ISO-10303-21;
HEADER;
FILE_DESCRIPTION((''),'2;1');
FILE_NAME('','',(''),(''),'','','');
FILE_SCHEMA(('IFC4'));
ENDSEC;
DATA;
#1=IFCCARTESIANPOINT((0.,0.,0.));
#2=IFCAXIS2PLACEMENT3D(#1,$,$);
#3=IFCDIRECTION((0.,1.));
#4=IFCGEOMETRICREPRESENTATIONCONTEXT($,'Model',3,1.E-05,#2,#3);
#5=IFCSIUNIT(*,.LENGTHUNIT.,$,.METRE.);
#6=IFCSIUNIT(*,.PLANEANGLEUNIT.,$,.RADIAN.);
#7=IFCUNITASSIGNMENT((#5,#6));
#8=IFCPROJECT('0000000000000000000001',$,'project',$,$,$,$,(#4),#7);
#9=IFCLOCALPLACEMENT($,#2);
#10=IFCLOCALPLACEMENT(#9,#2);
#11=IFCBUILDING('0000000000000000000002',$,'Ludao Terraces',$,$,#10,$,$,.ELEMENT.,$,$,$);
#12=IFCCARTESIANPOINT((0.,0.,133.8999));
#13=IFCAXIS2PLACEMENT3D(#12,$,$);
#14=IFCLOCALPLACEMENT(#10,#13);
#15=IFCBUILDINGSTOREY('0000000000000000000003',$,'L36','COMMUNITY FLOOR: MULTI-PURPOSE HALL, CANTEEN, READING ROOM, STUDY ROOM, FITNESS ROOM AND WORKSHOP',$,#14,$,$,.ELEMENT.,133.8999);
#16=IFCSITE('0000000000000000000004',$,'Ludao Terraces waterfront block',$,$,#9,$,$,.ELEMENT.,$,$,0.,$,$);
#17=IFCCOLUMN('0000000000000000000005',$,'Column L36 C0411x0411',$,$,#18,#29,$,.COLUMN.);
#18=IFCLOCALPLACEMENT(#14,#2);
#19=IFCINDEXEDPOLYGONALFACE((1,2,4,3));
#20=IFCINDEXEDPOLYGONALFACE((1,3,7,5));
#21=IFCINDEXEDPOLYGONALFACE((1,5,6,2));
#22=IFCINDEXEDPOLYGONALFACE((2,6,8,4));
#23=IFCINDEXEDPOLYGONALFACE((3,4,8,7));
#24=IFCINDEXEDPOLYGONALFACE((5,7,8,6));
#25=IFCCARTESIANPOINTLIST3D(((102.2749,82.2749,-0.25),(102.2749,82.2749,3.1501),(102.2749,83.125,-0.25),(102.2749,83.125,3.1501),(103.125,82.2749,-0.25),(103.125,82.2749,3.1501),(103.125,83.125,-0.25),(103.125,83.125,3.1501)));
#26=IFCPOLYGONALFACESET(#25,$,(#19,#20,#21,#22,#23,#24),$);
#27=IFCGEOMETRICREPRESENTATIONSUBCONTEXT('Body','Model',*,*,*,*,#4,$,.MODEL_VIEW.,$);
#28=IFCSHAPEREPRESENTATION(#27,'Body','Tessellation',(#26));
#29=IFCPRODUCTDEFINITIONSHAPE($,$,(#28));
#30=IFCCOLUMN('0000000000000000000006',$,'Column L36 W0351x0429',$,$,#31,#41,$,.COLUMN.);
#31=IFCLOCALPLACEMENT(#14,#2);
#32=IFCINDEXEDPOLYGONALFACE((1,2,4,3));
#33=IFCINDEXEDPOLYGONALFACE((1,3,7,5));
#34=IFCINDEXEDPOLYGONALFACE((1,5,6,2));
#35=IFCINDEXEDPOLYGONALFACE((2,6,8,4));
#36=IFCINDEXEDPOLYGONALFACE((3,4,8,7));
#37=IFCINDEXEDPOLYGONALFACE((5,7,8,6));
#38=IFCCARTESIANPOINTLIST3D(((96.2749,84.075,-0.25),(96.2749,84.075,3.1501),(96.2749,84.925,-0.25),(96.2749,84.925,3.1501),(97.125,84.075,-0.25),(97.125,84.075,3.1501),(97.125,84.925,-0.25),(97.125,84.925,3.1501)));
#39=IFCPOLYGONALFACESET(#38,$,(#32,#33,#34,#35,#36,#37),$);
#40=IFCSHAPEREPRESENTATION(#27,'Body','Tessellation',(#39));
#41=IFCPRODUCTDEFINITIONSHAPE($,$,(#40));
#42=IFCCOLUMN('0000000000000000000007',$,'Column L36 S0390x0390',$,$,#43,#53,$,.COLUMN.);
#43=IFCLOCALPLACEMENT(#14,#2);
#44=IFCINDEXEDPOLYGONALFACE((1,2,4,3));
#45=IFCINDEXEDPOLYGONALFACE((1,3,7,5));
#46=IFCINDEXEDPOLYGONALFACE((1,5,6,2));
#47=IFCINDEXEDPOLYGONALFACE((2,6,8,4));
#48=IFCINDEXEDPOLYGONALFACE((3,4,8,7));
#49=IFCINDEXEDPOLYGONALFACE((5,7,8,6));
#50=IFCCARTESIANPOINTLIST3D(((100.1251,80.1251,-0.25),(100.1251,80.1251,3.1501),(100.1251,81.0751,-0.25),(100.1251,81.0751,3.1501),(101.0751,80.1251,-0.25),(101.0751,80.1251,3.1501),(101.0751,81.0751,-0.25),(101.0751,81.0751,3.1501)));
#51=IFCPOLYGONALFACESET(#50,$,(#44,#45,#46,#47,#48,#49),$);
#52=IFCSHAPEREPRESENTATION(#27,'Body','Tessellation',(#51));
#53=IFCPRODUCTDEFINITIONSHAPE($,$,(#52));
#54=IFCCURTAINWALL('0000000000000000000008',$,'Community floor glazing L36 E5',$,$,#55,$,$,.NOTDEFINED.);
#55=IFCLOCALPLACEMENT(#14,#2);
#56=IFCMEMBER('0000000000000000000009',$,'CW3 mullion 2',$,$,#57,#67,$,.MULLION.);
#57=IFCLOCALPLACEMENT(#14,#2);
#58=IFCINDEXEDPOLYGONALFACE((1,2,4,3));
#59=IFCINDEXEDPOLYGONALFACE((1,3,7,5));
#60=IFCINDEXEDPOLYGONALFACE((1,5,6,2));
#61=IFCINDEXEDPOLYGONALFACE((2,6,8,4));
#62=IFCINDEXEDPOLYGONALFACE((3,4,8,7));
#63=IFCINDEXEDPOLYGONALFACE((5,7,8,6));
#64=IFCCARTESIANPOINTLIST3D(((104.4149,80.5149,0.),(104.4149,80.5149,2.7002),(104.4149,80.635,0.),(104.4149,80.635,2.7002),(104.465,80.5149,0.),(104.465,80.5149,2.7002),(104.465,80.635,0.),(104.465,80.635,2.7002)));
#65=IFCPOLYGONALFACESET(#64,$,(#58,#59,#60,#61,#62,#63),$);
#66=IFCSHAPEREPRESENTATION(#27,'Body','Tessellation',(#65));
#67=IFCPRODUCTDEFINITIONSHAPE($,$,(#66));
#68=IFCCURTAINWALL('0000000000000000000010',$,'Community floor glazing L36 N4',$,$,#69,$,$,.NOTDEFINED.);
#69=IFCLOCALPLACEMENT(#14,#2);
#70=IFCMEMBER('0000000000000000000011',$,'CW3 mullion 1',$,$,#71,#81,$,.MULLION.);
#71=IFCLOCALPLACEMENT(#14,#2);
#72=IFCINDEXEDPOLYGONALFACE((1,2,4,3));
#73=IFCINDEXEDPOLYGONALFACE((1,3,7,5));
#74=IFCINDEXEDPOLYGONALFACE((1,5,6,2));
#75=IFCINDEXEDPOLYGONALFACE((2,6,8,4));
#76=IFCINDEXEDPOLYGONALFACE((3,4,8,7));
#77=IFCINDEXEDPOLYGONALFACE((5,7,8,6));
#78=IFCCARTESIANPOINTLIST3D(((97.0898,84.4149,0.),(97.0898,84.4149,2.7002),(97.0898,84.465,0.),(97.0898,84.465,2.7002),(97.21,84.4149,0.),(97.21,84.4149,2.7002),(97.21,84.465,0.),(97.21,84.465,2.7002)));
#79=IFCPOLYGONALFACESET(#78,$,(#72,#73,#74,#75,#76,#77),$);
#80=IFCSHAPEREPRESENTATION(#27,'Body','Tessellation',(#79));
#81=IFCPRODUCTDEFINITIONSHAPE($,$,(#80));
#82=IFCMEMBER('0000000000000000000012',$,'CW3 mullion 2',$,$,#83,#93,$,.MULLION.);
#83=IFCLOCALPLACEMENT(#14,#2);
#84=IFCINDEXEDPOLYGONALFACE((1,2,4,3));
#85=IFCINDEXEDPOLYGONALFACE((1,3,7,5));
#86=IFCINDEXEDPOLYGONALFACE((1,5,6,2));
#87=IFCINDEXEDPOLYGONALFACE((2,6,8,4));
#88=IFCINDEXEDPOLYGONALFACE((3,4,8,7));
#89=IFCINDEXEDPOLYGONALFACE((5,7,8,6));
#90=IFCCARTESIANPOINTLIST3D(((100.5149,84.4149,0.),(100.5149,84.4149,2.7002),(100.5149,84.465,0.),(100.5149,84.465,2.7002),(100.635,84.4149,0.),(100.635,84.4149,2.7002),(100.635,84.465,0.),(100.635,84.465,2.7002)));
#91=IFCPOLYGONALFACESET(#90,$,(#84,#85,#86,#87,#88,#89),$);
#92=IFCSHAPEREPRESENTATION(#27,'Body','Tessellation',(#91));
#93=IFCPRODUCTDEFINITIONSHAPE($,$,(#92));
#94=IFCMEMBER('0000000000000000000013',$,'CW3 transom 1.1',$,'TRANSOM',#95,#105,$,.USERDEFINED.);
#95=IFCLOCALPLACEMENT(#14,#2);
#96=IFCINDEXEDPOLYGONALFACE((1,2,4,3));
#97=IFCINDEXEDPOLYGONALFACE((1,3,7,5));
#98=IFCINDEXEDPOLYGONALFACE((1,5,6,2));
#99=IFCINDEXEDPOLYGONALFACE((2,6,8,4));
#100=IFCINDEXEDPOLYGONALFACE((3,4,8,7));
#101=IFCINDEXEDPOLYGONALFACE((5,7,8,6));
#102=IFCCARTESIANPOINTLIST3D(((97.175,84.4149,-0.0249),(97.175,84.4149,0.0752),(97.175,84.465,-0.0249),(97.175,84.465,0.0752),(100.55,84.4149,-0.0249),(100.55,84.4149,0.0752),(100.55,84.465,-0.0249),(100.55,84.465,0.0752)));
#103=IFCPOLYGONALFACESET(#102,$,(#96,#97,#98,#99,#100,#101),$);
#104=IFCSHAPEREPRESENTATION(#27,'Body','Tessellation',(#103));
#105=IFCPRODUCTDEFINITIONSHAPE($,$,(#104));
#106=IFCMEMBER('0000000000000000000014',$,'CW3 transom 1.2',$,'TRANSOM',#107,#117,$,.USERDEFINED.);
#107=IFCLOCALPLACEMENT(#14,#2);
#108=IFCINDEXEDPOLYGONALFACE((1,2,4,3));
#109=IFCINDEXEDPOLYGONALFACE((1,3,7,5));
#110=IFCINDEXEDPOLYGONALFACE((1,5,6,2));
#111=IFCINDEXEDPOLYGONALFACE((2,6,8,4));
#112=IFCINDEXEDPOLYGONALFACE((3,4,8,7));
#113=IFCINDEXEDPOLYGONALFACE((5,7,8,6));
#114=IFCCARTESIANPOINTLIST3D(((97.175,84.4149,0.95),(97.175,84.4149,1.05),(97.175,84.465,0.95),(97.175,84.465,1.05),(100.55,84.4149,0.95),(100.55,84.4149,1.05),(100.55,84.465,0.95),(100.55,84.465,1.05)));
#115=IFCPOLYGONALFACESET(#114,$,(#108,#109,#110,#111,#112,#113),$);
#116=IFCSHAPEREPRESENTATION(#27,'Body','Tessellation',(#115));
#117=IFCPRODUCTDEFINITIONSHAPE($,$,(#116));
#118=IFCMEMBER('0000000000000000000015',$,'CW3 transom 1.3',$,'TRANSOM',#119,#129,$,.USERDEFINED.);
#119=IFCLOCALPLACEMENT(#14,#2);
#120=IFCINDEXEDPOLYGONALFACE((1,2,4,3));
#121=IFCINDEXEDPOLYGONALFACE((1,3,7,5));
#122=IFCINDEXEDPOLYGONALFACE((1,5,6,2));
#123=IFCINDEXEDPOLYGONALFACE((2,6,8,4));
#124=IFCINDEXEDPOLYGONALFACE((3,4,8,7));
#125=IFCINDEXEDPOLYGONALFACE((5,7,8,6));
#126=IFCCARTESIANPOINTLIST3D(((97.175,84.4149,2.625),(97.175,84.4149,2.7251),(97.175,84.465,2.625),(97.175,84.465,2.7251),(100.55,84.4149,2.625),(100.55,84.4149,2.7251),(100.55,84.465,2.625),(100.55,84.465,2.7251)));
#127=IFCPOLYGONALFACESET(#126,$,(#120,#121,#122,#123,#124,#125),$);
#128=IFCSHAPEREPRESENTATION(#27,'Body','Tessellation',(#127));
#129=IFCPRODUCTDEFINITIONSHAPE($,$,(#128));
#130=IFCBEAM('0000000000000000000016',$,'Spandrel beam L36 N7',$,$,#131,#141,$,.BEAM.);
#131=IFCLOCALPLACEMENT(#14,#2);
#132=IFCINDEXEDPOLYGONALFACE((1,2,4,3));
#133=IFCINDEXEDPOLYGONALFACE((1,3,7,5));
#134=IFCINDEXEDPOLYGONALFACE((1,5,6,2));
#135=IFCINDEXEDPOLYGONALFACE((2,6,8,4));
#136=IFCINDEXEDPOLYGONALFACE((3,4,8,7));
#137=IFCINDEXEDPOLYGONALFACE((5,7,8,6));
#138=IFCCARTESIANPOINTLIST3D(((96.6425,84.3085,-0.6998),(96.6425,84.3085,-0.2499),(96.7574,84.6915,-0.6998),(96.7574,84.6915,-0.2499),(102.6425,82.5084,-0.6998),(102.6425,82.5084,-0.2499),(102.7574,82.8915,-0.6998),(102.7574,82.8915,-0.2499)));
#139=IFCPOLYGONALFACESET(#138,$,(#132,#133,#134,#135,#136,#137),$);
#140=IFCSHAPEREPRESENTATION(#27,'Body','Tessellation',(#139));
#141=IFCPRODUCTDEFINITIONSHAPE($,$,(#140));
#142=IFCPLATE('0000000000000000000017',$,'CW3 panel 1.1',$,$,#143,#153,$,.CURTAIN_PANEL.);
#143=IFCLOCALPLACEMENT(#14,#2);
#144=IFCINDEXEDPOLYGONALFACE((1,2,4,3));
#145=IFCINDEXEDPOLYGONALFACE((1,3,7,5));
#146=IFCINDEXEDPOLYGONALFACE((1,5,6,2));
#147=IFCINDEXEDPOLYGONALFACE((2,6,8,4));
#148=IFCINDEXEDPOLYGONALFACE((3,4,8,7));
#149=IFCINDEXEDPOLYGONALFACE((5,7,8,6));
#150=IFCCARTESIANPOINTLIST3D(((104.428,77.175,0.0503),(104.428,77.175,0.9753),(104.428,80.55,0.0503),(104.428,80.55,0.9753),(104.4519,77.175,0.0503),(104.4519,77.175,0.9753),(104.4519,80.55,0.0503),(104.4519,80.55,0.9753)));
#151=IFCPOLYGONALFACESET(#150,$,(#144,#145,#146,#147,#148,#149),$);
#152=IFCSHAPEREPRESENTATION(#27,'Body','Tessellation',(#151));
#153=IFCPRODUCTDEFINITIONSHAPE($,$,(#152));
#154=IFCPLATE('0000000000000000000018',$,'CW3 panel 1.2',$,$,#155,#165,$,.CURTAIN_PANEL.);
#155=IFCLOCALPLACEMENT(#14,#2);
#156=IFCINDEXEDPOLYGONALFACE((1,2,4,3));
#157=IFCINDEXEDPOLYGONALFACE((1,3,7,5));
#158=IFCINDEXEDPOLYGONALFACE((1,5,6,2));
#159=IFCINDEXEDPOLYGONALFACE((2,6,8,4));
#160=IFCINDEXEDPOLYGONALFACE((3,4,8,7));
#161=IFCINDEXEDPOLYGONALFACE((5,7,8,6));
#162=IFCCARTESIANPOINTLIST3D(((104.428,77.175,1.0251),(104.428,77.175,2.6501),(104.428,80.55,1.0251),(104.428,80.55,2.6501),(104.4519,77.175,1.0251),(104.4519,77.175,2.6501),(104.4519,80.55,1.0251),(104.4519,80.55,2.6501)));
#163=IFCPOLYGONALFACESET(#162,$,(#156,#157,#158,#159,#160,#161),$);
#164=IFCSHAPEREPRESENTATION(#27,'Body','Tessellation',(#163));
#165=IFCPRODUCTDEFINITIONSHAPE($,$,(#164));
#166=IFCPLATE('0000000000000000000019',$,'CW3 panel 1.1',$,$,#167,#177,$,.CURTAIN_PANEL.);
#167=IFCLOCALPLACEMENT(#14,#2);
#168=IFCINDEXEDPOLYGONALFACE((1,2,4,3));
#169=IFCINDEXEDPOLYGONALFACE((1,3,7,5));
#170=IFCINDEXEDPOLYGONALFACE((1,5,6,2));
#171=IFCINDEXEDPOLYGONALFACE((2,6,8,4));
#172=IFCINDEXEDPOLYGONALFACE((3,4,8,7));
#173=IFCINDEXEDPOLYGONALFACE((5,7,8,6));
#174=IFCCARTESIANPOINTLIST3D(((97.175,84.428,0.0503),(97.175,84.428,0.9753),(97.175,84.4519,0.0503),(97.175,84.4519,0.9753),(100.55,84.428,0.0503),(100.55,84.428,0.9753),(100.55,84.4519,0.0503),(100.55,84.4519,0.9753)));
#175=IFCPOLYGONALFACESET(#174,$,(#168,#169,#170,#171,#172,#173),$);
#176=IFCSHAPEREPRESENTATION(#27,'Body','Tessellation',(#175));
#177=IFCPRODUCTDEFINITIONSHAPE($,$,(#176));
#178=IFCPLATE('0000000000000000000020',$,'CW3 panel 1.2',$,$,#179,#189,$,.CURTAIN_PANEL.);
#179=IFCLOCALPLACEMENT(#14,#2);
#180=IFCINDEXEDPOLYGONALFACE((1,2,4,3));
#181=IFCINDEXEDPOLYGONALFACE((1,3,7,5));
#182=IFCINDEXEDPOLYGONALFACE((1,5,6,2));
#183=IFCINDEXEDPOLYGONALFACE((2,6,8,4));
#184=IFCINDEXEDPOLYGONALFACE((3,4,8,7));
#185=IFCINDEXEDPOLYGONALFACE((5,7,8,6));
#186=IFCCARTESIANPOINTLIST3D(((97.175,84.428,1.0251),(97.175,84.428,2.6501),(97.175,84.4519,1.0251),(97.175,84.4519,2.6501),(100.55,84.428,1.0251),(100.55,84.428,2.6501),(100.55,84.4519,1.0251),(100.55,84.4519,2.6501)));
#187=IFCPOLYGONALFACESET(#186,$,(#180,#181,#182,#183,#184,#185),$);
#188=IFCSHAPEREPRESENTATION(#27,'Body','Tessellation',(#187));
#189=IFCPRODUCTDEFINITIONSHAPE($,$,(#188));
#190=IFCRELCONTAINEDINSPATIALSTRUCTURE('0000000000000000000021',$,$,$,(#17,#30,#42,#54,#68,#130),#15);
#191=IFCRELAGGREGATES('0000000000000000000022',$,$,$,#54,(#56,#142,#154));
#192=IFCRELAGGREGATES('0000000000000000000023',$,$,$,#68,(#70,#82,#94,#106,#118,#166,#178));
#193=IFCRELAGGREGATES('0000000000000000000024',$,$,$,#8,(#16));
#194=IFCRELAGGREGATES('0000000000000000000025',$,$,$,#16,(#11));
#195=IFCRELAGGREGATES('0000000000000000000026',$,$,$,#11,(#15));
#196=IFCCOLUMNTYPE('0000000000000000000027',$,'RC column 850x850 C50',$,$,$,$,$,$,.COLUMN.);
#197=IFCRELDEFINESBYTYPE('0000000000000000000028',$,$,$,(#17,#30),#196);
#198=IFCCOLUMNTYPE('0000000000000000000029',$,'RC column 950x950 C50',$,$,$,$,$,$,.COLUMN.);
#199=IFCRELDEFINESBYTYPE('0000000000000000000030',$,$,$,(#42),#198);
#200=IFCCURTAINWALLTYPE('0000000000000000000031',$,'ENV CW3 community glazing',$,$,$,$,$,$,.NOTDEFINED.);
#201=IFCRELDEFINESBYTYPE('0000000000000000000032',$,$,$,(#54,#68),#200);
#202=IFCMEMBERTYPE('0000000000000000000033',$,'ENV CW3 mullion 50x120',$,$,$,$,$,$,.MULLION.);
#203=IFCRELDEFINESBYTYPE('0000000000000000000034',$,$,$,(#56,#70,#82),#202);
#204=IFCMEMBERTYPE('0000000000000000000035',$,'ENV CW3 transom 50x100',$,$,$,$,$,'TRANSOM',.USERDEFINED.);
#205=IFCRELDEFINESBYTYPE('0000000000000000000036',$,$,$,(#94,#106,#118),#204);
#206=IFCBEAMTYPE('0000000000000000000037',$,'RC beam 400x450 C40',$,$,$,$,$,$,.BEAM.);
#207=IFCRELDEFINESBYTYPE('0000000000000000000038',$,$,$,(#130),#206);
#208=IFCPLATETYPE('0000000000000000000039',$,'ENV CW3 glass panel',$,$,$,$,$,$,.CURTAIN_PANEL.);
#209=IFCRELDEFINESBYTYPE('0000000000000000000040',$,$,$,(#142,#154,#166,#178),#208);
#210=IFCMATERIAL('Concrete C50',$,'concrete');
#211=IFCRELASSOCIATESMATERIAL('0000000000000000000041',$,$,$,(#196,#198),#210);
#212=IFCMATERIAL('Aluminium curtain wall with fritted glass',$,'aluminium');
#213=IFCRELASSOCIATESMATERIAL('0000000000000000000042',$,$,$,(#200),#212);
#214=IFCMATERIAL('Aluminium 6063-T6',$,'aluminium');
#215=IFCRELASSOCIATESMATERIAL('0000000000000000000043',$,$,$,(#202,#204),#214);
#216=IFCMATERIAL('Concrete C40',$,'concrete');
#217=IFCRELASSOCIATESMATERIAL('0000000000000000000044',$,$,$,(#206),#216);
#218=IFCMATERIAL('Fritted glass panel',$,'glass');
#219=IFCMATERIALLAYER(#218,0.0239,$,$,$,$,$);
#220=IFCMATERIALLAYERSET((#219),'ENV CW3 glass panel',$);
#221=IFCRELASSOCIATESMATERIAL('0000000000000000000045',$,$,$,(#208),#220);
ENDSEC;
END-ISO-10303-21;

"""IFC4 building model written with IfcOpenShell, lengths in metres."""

from ifc_helpers import new_model, si_unit, direction, frame, origin, origin_2d, place, context, subcontext, project, spatial, rectangle, extrude, material, layer, layer_set, material_profile, profile_set, type_object, element, aggregate, save


model = new_model("IFC4")

# Units and contexts
model_context = context("Model", 3, precision=1e-05, world=origin(), true_north=direction((0.0, 1.0)))
body_context = subcontext(model_context, "Body", "Model", "MODEL_VIEW")
ifc_project = project(units=[si_unit("LENGTHUNIT", "METRE"), si_unit("PLANEANGLEUNIT", "RADIAN")], contexts=[model_context])

# Site, building, storey
site_placement = place(None, origin())
site = spatial("IfcSite", under=ifc_project, at=site_placement, Name="Ludao Terraces waterfront block", CompositionType="ELEMENT", RefElevation=0.0)
building_placement = place(site_placement, origin())
building = spatial("IfcBuilding", under=site, at=building_placement, Name="Ludao Terraces", CompositionType="ELEMENT")
storey_placement = place(building_placement, frame((0.0, 0.0, 133.8999)))
storey = spatial("IfcBuildingStorey", under=building, at=storey_placement, Name="L36", Description="COMMUNITY FLOOR: MULTI-PURPOSE HALL, CANTEEN, READING ROOM, STUDY ROOM, FITNESS ROOM AND WORKSHOP", CompositionType="ELEMENT", Elevation=133.8999)

# Columns
ifc_material_1 = material(Name="Concrete C50", Category="concrete")
ifc_material_profile_1 = material_profile(ifc_material_1, rectangle(XDim=0.8501, YDim=0.8501, at=origin_2d()), Name="850 X 850")
ifc_profile_set_1 = profile_set([ifc_material_profile_1], Name="Concrete C50")
column_type_1 = type_object("IfcColumnType", Name="RC column 850x850 C50", PredefinedType="COLUMN", material=ifc_profile_set_1)
for number, where, z_axis, x_axis, name in (
    (1, (102.7, 82.7, -0.25), (0.0, 0.0, 1.0), (1.0, 0.0, 0.0), "Column L36 C0411x0411"),
    (2, (96.7, 84.5, -0.25), (0.0, 0.0, 1.0), (1.0, 0.0, 0.0), "Column L36 W0351x0429"),
):
    element("IfcColumn", number, at=place(storey_placement, frame(where, z_axis=z_axis, x_axis=x_axis)), inside=storey, type_object=column_type_1, Name=name, PredefinedType="COLUMN", context=body_context, shape_type="SweptSolid", body=[
        extrude(rectangle(XDim=0.8501, YDim=0.8501, at=origin_2d()), origin(), (0.0, 0.0, 1.0), 3.4001),
    ])
ifc_material_profile_2 = material_profile(ifc_material_1, rectangle(XDim=0.95, YDim=0.95, at=origin_2d()), Name="950 X 950")
ifc_profile_set_2 = profile_set([ifc_material_profile_2], Name="Concrete C50")
column_type_2 = type_object("IfcColumnType", Name="RC column 950x950 C50", PredefinedType="COLUMN", material=ifc_profile_set_2)
column_placement = place(storey_placement, frame((100.6001, 80.6001, -0.25), z_axis=(0.0, 0.0, 1.0), x_axis=(1.0, 0.0, 0.0)))
element("IfcColumn", 3, at=column_placement, inside=storey, type_object=column_type_2, Name="Column L36 S0390x0390", PredefinedType="COLUMN", context=body_context, shape_type="SweptSolid", body=[
    extrude(rectangle(XDim=0.95, YDim=0.95, at=origin_2d()), origin(), (0.0, 0.0, 1.0), 3.4001),
])

# Curtain wall, member
ifc_material_2 = material(Name="Aluminium curtain wall with fritted glass", Category="aluminium")
curtain_wall_type = type_object("IfcCurtainWallType", Name="ENV CW3 community glazing", PredefinedType="NOTDEFINED", material=ifc_material_2)
curtain_wall_1_placement = place(storey_placement, origin())
curtain_wall_1 = element("IfcCurtainWall", 4, at=curtain_wall_1_placement, inside=storey, type_object=curtain_wall_type, Name="Community floor glazing L36 E5", PredefinedType="NOTDEFINED")
ifc_material_3 = material(Name="Aluminium 6063-T6", Category="aluminium")
ifc_material_profile_3 = material_profile(ifc_material_3, rectangle(XDim=0.05, YDim=0.1201, at=origin_2d()), Name="50 X 120")
ifc_profile_set_3 = profile_set([ifc_material_profile_3], Name="Aluminium 6063-T6")
member_type_1 = type_object("IfcMemberType", Name="ENV CW3 mullion 50x120", PredefinedType="MULLION", material=ifc_profile_set_3)
member_1_placement = place(storey_placement, frame((104.4399, 80.575, 0.0), z_axis=(0.0, 0.0, 1.0), x_axis=(-1.0, 0.0, 0.0)))
member_1 = element("IfcMember", 5, at=member_1_placement, type_object=member_type_1, Name="CW3 mullion 2", PredefinedType="MULLION", context=body_context, shape_type="SweptSolid", body=[
    extrude(rectangle(XDim=0.05, YDim=0.1201, at=origin_2d()), origin(), (0.0, 0.0, 1.0), 2.7002),
])

# Curtain wall, members
curtain_wall_2_placement = place(storey_placement, origin())
curtain_wall_2 = element("IfcCurtainWall", 6, at=curtain_wall_2_placement, inside=storey, type_object=curtain_wall_type, Name="Community floor glazing L36 N4", PredefinedType="NOTDEFINED")
member_2_placement = place(storey_placement, frame((97.1499, 84.4399, 0.0), z_axis=(0.0, 0.0, 1.0), x_axis=(0.0, 1.0, 0.0)))
member_2 = element("IfcMember", 7, at=member_2_placement, type_object=member_type_1, Name="CW3 mullion 1", PredefinedType="MULLION", context=body_context, shape_type="SweptSolid", body=[
    extrude(rectangle(XDim=0.05, YDim=0.1201, at=origin_2d()), origin(), (0.0, 0.0, 1.0), 2.7002),
])
member_3_placement = place(storey_placement, frame((100.575, 84.4399, 0.0), z_axis=(0.0, 0.0, 1.0), x_axis=(0.0, 1.0, 0.0)))
member_3 = element("IfcMember", 8, at=member_3_placement, type_object=member_type_1, Name="CW3 mullion 2", PredefinedType="MULLION", context=body_context, shape_type="SweptSolid", body=[
    extrude(rectangle(XDim=0.05, YDim=0.1201, at=origin_2d()), origin(), (0.0, 0.0, 1.0), 2.7002),
])
ifc_material_profile_4 = material_profile(ifc_material_3, rectangle(XDim=0.05, YDim=0.1001, at=origin_2d()), Name="50 X 100")
ifc_profile_set_4 = profile_set([ifc_material_profile_4], Name="Aluminium 6063-T6")
member_type_2 = type_object("IfcMemberType", Name="ENV CW3 transom 50x100", ElementType="TRANSOM", PredefinedType="USERDEFINED", material=ifc_profile_set_4)
member_4_placement = place(storey_placement, frame((97.175, 84.4399, 0.0251), z_axis=(1.0, 0.0, 0.0), x_axis=(0.0, 1.0, 0.0)))
member_4 = element("IfcMember", 9, at=member_4_placement, type_object=member_type_2, Name="CW3 transom 1.1", ObjectType="TRANSOM", PredefinedType="USERDEFINED", context=body_context, shape_type="SweptSolid", body=[
    extrude(rectangle(XDim=0.05, YDim=0.1001, at=origin_2d()), origin(), (0.0, 0.0, 1.0), 3.375),
])
member_5_placement = place(storey_placement, frame((97.175, 84.4399, 1.0), z_axis=(1.0, 0.0, 0.0), x_axis=(0.0, 1.0, 0.0)))
member_5 = element("IfcMember", 10, at=member_5_placement, type_object=member_type_2, Name="CW3 transom 1.2", ObjectType="TRANSOM", PredefinedType="USERDEFINED", context=body_context, shape_type="SweptSolid", body=[
    extrude(rectangle(XDim=0.05, YDim=0.1001, at=origin_2d()), origin(), (0.0, 0.0, 1.0), 3.375),
])
member_6_placement = place(storey_placement, frame((97.175, 84.4399, 2.675), z_axis=(1.0, 0.0, 0.0), x_axis=(0.0, 1.0, 0.0)))
member_6 = element("IfcMember", 11, at=member_6_placement, type_object=member_type_2, Name="CW3 transom 1.3", ObjectType="TRANSOM", PredefinedType="USERDEFINED", context=body_context, shape_type="SweptSolid", body=[
    extrude(rectangle(XDim=0.05, YDim=0.1001, at=origin_2d()), origin(), (0.0, 0.0, 1.0), 3.375),
])

# Beam
ifc_material_4 = material(Name="Concrete C40", Category="concrete")
ifc_material_profile_5 = material_profile(ifc_material_4, rectangle(XDim=0.3999, YDim=0.45, at=origin_2d()), Name="400 X 450")
ifc_profile_set_5 = profile_set([ifc_material_profile_5], Name="Concrete C40")
beam_type = type_object("IfcBeamType", Name="RC beam 400x450 C40", PredefinedType="BEAM", material=ifc_profile_set_5)
beam_placement = place(storey_placement, frame((96.7, 84.5, -0.4749), z_axis=(0.957824, -0.287355, 0.0), x_axis=(0.287355, 0.957824, 0.0)))
element("IfcBeam", 12, at=beam_placement, inside=storey, type_object=beam_type, Name="Spandrel beam L36 N7", PredefinedType="BEAM", context=body_context, shape_type="SweptSolid", body=[
    extrude(rectangle(XDim=0.3999, YDim=0.45, at=origin_2d()), origin(), (0.0, 0.0, 1.0), 6.2642),
])

# Plates
ifc_material_5 = material(Name="Fritted glass panel", Category="glass")
ifc_layer_1 = layer(ifc_material_5, 0.0239)
ifc_layer_set_1 = layer_set([ifc_layer_1], Name="ENV CW3 glass panel")
plate_type = type_object("IfcPlateType", Name="ENV CW3 glass panel", PredefinedType="CURTAIN_PANEL", material=ifc_layer_set_1)
plate_1_placement = place(storey_placement, frame((104.4399, 78.8625, 0.0503), z_axis=(0.0, 0.0, 1.0), x_axis=(0.0, 1.0, 0.0)))
plate_1 = element("IfcPlate", 13, at=plate_1_placement, type_object=plate_type, Name="CW3 panel 1.1", PredefinedType="CURTAIN_PANEL", context=body_context, shape_type="SweptSolid", body=[
    extrude(rectangle(XDim=3.375, YDim=0.0239, at=origin_2d()), origin(), (0.0, 0.0, 1.0), 0.925),
])
plate_2_placement = place(storey_placement, frame((104.4399, 78.8625, 1.0251), z_axis=(0.0, 0.0, 1.0), x_axis=(0.0, 1.0, 0.0)))
plate_2 = element("IfcPlate", 14, at=plate_2_placement, type_object=plate_type, Name="CW3 panel 1.2", PredefinedType="CURTAIN_PANEL", context=body_context, shape_type="SweptSolid", body=[
    extrude(rectangle(XDim=3.375, YDim=0.0239, at=origin_2d()), origin(), (0.0, 0.0, 1.0), 1.625),
])
aggregate(curtain_wall_1, [member_1, plate_1, plate_2])
plate_3_placement = place(storey_placement, frame((98.8625, 84.4399, 0.0503), z_axis=(0.0, 0.0, 1.0), x_axis=(1.0, 0.0, 0.0)))
plate_3 = element("IfcPlate", 15, at=plate_3_placement, type_object=plate_type, Name="CW3 panel 1.1", PredefinedType="CURTAIN_PANEL", context=body_context, shape_type="SweptSolid", body=[
    extrude(rectangle(XDim=3.375, YDim=0.0239, at=origin_2d()), origin(), (0.0, 0.0, 1.0), 0.925),
])
plate_4_placement = place(storey_placement, frame((98.8625, 84.4399, 1.0251), z_axis=(0.0, 0.0, 1.0), x_axis=(1.0, 0.0, 0.0)))
plate_4 = element("IfcPlate", 16, at=plate_4_placement, type_object=plate_type, Name="CW3 panel 1.2", PredefinedType="CURTAIN_PANEL", context=body_context, shape_type="SweptSolid", body=[
    extrude(rectangle(XDim=3.375, YDim=0.0239, at=origin_2d()), origin(), (0.0, 0.0, 1.0), 1.625),
])
aggregate(curtain_wall_2, [member_2, member_3, member_4, member_5, member_6, plate_3, plate_4])

save(model, "model.ifc")
